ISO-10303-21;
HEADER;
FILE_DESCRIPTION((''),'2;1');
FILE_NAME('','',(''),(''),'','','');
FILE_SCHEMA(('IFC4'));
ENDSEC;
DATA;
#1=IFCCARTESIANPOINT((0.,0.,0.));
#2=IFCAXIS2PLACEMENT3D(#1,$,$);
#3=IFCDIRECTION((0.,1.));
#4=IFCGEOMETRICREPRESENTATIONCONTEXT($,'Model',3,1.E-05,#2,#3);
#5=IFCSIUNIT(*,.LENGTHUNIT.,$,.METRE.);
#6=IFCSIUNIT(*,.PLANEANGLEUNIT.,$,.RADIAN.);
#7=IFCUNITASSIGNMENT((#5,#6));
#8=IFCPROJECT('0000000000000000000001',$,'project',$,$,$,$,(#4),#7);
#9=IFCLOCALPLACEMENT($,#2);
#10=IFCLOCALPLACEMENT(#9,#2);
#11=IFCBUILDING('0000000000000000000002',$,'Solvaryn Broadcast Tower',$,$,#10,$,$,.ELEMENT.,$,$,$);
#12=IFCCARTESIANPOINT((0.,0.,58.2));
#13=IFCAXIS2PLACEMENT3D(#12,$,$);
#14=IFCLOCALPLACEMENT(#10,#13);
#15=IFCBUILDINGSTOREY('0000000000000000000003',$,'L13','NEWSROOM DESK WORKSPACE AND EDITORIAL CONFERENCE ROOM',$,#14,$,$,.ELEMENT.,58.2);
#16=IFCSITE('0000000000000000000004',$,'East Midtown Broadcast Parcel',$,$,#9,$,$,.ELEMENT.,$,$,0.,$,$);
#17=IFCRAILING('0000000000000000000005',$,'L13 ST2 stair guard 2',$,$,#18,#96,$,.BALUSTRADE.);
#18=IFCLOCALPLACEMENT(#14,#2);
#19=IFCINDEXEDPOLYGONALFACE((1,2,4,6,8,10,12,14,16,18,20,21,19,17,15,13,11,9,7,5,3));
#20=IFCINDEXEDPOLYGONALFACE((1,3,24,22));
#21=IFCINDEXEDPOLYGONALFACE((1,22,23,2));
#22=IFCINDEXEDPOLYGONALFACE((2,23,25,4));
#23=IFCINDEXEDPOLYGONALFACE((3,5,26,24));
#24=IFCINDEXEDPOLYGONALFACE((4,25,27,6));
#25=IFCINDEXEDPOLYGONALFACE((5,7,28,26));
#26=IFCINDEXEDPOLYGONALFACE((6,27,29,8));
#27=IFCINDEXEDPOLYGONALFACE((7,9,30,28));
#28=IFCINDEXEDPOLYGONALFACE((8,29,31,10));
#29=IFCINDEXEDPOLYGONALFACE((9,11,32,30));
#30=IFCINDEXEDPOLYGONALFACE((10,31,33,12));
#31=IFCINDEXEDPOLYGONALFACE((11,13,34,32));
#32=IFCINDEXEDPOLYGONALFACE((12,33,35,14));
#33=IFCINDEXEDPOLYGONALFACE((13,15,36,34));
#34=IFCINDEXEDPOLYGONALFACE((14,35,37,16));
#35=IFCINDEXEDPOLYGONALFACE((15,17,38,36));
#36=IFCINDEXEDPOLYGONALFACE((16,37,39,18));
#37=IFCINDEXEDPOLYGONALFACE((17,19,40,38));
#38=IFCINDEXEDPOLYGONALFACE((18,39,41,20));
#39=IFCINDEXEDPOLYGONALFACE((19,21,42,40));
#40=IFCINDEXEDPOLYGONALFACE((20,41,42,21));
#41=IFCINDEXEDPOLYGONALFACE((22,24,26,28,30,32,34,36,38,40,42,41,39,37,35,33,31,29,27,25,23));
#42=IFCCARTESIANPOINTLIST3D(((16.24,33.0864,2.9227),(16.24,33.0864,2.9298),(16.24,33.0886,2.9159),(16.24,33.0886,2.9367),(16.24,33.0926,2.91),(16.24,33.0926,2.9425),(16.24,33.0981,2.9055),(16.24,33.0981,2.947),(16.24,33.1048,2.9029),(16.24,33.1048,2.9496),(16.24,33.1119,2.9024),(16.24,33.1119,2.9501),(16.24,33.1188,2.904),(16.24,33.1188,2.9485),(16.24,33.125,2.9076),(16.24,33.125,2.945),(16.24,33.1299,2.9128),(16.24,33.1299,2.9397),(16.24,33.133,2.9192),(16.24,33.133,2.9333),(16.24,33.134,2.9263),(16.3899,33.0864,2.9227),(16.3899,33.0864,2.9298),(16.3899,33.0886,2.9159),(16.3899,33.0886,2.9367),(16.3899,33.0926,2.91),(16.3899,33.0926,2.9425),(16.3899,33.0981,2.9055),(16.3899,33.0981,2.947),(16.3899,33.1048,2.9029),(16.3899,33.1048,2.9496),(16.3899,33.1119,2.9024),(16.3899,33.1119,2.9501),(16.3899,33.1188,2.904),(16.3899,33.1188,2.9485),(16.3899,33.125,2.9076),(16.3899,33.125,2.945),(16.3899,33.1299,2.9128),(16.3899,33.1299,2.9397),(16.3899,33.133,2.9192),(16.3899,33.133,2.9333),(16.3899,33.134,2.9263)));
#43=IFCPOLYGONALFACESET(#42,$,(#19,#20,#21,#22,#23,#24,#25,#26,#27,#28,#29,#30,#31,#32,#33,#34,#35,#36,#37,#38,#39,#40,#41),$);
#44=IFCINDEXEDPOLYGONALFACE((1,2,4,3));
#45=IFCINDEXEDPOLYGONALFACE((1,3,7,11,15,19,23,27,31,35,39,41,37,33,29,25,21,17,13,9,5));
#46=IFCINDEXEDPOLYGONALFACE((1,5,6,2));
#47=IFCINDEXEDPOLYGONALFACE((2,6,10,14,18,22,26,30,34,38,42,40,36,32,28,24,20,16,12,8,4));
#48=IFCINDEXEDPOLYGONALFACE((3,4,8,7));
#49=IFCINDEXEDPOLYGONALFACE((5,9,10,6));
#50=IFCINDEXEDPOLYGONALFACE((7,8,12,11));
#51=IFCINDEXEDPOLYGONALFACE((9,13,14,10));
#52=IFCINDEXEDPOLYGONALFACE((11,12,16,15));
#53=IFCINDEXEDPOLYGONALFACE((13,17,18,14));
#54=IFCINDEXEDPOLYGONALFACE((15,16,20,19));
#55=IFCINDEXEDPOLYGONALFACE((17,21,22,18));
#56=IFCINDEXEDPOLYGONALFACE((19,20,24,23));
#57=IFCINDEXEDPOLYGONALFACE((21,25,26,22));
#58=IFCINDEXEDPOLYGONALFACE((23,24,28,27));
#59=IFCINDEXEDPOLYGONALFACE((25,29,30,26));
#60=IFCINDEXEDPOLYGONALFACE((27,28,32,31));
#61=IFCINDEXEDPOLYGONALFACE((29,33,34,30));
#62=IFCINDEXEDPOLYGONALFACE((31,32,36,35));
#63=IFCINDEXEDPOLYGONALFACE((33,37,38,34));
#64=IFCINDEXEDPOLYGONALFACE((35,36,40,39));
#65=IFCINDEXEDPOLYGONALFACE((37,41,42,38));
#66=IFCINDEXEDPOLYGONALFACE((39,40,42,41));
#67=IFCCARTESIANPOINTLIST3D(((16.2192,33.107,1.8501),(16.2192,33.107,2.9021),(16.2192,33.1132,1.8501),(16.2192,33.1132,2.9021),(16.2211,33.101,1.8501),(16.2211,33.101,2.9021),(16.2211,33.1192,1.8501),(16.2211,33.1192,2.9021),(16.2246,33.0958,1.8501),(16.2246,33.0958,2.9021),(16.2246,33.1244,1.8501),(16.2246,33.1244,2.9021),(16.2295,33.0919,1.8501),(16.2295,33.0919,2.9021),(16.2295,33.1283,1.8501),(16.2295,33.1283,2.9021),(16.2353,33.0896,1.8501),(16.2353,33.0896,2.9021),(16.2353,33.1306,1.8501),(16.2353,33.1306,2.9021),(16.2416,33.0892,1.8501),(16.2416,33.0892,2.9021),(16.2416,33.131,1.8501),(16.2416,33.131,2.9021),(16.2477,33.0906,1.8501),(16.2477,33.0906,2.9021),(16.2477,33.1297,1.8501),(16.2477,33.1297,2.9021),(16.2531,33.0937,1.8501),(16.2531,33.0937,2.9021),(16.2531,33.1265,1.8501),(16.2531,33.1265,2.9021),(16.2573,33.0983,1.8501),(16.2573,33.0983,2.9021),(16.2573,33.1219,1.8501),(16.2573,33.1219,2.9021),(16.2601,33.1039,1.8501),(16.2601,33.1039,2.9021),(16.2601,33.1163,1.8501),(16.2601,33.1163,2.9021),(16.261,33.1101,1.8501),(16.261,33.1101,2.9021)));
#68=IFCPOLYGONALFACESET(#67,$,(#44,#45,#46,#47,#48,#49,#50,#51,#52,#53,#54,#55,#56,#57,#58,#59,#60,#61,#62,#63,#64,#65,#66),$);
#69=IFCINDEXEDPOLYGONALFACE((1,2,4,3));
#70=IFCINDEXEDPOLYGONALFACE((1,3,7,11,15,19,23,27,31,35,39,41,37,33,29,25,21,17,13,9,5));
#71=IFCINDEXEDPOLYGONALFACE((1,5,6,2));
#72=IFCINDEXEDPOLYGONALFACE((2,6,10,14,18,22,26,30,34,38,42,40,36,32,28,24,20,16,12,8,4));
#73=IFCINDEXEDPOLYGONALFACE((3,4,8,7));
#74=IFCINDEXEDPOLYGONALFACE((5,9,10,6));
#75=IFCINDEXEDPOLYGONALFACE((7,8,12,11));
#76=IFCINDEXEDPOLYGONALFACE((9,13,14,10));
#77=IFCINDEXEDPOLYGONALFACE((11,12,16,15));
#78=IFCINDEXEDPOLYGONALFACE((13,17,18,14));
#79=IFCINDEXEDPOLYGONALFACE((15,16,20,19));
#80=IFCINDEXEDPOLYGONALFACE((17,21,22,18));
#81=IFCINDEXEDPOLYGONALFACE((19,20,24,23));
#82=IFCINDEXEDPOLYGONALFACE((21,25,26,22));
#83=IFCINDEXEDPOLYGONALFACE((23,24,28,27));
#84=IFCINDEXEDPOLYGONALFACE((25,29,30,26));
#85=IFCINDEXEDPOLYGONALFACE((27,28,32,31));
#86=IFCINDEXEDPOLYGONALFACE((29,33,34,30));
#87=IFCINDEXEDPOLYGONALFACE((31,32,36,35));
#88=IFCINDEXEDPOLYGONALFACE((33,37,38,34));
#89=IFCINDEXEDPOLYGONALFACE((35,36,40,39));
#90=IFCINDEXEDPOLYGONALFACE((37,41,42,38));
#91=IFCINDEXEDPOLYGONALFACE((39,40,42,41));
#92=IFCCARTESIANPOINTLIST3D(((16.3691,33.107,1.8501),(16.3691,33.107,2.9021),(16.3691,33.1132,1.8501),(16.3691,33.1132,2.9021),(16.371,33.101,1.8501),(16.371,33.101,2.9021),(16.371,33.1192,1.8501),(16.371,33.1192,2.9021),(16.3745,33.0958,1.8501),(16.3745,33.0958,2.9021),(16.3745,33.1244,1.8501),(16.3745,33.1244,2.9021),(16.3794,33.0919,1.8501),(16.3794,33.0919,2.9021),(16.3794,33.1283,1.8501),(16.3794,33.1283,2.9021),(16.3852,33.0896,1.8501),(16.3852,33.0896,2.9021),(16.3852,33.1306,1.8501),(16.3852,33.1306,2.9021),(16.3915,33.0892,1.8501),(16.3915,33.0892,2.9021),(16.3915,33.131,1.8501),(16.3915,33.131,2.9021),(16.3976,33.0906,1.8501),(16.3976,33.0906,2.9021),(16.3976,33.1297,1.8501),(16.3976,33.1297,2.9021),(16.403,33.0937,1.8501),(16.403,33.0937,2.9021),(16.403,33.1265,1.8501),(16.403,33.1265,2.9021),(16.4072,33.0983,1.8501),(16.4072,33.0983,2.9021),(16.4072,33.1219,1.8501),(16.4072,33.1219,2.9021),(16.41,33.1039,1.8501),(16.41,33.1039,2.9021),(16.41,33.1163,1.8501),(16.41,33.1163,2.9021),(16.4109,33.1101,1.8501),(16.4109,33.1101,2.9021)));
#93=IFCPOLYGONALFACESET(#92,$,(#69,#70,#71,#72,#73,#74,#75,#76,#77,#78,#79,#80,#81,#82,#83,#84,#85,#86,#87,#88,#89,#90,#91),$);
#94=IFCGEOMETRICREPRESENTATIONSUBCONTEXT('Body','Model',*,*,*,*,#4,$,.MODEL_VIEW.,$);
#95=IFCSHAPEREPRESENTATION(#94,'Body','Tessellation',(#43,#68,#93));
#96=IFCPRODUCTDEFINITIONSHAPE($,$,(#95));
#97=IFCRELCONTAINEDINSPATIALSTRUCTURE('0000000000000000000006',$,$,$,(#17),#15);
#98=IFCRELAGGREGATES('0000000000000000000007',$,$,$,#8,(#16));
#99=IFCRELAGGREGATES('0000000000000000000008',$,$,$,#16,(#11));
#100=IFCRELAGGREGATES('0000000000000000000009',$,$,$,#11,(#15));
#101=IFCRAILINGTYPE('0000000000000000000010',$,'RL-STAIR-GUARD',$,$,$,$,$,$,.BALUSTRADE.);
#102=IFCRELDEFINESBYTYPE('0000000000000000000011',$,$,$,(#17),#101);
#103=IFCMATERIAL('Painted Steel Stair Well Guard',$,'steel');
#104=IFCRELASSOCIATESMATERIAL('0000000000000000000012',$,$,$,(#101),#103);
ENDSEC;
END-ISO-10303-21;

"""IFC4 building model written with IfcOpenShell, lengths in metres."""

from ifc_helpers import new_model, si_unit, direction, frame, origin, origin_2d, place, context, subcontext, project, spatial, circle, extrude, material, type_object, element, save


model = new_model("IFC4")

# Units and contexts
model_context = context("Model", 3, precision=1e-05, world=origin(), true_north=direction((0.0, 1.0)))
body_context = subcontext(model_context, "Body", "Model", "MODEL_VIEW")
ifc_project = project(units=[si_unit("LENGTHUNIT", "METRE"), si_unit("PLANEANGLEUNIT", "RADIAN")], contexts=[model_context])

# Site, building, storey
site_placement = place(None, origin())
site = spatial("IfcSite", under=ifc_project, at=site_placement, Name="East Midtown Broadcast Parcel", CompositionType="ELEMENT", RefElevation=0.0)
building_placement = place(site_placement, origin())
building = spatial("IfcBuilding", under=site, at=building_placement, Name="Solvaryn Broadcast Tower", CompositionType="ELEMENT")
storey_placement = place(building_placement, frame((0.0, 0.0, 58.2)))
storey = spatial("IfcBuildingStorey", under=building, at=storey_placement, Name="L13", Description="NEWSROOM DESK WORKSPACE AND EDITORIAL CONFERENCE ROOM", CompositionType="ELEMENT", Elevation=58.2)

# Railing
ifc_material_1 = material(Name="Painted Steel Stair Well Guard", Category="steel")
railing_type_1 = type_object("IfcRailingType", Name="RL-STAIR-GUARD", PredefinedType="BALUSTRADE", material=ifc_material_1)
railing_1_placement = place(storey_placement, frame((16.24, 33.1101, 1.8501)))
element("IfcRailing", 1, at=railing_1_placement, inside=storey, type_object=railing_type_1, Name="L13 ST2 stair guard 2", PredefinedType="BALUSTRADE", context=body_context, shape_type="SweptSolid", body=[
    extrude(circle(Radius=0.0239, at=origin_2d()), frame((0.0, 0.0, 1.0762), z_axis=(1.0, 0.0, 0.0), x_axis=(0.0, 1.0, 0.0)), (0.0, 0.0, 1.0), 0.1499),
    extrude(circle(Radius=0.021, at=origin_2d()), origin(), (0.0, 0.0, 1.0), 1.052),
    extrude(circle(Radius=0.021, at=origin_2d()), frame((0.1499, 0.0, 0.0)), (0.0, 0.0, 1.0), 1.052),
])

save(model, "model.ifc")
